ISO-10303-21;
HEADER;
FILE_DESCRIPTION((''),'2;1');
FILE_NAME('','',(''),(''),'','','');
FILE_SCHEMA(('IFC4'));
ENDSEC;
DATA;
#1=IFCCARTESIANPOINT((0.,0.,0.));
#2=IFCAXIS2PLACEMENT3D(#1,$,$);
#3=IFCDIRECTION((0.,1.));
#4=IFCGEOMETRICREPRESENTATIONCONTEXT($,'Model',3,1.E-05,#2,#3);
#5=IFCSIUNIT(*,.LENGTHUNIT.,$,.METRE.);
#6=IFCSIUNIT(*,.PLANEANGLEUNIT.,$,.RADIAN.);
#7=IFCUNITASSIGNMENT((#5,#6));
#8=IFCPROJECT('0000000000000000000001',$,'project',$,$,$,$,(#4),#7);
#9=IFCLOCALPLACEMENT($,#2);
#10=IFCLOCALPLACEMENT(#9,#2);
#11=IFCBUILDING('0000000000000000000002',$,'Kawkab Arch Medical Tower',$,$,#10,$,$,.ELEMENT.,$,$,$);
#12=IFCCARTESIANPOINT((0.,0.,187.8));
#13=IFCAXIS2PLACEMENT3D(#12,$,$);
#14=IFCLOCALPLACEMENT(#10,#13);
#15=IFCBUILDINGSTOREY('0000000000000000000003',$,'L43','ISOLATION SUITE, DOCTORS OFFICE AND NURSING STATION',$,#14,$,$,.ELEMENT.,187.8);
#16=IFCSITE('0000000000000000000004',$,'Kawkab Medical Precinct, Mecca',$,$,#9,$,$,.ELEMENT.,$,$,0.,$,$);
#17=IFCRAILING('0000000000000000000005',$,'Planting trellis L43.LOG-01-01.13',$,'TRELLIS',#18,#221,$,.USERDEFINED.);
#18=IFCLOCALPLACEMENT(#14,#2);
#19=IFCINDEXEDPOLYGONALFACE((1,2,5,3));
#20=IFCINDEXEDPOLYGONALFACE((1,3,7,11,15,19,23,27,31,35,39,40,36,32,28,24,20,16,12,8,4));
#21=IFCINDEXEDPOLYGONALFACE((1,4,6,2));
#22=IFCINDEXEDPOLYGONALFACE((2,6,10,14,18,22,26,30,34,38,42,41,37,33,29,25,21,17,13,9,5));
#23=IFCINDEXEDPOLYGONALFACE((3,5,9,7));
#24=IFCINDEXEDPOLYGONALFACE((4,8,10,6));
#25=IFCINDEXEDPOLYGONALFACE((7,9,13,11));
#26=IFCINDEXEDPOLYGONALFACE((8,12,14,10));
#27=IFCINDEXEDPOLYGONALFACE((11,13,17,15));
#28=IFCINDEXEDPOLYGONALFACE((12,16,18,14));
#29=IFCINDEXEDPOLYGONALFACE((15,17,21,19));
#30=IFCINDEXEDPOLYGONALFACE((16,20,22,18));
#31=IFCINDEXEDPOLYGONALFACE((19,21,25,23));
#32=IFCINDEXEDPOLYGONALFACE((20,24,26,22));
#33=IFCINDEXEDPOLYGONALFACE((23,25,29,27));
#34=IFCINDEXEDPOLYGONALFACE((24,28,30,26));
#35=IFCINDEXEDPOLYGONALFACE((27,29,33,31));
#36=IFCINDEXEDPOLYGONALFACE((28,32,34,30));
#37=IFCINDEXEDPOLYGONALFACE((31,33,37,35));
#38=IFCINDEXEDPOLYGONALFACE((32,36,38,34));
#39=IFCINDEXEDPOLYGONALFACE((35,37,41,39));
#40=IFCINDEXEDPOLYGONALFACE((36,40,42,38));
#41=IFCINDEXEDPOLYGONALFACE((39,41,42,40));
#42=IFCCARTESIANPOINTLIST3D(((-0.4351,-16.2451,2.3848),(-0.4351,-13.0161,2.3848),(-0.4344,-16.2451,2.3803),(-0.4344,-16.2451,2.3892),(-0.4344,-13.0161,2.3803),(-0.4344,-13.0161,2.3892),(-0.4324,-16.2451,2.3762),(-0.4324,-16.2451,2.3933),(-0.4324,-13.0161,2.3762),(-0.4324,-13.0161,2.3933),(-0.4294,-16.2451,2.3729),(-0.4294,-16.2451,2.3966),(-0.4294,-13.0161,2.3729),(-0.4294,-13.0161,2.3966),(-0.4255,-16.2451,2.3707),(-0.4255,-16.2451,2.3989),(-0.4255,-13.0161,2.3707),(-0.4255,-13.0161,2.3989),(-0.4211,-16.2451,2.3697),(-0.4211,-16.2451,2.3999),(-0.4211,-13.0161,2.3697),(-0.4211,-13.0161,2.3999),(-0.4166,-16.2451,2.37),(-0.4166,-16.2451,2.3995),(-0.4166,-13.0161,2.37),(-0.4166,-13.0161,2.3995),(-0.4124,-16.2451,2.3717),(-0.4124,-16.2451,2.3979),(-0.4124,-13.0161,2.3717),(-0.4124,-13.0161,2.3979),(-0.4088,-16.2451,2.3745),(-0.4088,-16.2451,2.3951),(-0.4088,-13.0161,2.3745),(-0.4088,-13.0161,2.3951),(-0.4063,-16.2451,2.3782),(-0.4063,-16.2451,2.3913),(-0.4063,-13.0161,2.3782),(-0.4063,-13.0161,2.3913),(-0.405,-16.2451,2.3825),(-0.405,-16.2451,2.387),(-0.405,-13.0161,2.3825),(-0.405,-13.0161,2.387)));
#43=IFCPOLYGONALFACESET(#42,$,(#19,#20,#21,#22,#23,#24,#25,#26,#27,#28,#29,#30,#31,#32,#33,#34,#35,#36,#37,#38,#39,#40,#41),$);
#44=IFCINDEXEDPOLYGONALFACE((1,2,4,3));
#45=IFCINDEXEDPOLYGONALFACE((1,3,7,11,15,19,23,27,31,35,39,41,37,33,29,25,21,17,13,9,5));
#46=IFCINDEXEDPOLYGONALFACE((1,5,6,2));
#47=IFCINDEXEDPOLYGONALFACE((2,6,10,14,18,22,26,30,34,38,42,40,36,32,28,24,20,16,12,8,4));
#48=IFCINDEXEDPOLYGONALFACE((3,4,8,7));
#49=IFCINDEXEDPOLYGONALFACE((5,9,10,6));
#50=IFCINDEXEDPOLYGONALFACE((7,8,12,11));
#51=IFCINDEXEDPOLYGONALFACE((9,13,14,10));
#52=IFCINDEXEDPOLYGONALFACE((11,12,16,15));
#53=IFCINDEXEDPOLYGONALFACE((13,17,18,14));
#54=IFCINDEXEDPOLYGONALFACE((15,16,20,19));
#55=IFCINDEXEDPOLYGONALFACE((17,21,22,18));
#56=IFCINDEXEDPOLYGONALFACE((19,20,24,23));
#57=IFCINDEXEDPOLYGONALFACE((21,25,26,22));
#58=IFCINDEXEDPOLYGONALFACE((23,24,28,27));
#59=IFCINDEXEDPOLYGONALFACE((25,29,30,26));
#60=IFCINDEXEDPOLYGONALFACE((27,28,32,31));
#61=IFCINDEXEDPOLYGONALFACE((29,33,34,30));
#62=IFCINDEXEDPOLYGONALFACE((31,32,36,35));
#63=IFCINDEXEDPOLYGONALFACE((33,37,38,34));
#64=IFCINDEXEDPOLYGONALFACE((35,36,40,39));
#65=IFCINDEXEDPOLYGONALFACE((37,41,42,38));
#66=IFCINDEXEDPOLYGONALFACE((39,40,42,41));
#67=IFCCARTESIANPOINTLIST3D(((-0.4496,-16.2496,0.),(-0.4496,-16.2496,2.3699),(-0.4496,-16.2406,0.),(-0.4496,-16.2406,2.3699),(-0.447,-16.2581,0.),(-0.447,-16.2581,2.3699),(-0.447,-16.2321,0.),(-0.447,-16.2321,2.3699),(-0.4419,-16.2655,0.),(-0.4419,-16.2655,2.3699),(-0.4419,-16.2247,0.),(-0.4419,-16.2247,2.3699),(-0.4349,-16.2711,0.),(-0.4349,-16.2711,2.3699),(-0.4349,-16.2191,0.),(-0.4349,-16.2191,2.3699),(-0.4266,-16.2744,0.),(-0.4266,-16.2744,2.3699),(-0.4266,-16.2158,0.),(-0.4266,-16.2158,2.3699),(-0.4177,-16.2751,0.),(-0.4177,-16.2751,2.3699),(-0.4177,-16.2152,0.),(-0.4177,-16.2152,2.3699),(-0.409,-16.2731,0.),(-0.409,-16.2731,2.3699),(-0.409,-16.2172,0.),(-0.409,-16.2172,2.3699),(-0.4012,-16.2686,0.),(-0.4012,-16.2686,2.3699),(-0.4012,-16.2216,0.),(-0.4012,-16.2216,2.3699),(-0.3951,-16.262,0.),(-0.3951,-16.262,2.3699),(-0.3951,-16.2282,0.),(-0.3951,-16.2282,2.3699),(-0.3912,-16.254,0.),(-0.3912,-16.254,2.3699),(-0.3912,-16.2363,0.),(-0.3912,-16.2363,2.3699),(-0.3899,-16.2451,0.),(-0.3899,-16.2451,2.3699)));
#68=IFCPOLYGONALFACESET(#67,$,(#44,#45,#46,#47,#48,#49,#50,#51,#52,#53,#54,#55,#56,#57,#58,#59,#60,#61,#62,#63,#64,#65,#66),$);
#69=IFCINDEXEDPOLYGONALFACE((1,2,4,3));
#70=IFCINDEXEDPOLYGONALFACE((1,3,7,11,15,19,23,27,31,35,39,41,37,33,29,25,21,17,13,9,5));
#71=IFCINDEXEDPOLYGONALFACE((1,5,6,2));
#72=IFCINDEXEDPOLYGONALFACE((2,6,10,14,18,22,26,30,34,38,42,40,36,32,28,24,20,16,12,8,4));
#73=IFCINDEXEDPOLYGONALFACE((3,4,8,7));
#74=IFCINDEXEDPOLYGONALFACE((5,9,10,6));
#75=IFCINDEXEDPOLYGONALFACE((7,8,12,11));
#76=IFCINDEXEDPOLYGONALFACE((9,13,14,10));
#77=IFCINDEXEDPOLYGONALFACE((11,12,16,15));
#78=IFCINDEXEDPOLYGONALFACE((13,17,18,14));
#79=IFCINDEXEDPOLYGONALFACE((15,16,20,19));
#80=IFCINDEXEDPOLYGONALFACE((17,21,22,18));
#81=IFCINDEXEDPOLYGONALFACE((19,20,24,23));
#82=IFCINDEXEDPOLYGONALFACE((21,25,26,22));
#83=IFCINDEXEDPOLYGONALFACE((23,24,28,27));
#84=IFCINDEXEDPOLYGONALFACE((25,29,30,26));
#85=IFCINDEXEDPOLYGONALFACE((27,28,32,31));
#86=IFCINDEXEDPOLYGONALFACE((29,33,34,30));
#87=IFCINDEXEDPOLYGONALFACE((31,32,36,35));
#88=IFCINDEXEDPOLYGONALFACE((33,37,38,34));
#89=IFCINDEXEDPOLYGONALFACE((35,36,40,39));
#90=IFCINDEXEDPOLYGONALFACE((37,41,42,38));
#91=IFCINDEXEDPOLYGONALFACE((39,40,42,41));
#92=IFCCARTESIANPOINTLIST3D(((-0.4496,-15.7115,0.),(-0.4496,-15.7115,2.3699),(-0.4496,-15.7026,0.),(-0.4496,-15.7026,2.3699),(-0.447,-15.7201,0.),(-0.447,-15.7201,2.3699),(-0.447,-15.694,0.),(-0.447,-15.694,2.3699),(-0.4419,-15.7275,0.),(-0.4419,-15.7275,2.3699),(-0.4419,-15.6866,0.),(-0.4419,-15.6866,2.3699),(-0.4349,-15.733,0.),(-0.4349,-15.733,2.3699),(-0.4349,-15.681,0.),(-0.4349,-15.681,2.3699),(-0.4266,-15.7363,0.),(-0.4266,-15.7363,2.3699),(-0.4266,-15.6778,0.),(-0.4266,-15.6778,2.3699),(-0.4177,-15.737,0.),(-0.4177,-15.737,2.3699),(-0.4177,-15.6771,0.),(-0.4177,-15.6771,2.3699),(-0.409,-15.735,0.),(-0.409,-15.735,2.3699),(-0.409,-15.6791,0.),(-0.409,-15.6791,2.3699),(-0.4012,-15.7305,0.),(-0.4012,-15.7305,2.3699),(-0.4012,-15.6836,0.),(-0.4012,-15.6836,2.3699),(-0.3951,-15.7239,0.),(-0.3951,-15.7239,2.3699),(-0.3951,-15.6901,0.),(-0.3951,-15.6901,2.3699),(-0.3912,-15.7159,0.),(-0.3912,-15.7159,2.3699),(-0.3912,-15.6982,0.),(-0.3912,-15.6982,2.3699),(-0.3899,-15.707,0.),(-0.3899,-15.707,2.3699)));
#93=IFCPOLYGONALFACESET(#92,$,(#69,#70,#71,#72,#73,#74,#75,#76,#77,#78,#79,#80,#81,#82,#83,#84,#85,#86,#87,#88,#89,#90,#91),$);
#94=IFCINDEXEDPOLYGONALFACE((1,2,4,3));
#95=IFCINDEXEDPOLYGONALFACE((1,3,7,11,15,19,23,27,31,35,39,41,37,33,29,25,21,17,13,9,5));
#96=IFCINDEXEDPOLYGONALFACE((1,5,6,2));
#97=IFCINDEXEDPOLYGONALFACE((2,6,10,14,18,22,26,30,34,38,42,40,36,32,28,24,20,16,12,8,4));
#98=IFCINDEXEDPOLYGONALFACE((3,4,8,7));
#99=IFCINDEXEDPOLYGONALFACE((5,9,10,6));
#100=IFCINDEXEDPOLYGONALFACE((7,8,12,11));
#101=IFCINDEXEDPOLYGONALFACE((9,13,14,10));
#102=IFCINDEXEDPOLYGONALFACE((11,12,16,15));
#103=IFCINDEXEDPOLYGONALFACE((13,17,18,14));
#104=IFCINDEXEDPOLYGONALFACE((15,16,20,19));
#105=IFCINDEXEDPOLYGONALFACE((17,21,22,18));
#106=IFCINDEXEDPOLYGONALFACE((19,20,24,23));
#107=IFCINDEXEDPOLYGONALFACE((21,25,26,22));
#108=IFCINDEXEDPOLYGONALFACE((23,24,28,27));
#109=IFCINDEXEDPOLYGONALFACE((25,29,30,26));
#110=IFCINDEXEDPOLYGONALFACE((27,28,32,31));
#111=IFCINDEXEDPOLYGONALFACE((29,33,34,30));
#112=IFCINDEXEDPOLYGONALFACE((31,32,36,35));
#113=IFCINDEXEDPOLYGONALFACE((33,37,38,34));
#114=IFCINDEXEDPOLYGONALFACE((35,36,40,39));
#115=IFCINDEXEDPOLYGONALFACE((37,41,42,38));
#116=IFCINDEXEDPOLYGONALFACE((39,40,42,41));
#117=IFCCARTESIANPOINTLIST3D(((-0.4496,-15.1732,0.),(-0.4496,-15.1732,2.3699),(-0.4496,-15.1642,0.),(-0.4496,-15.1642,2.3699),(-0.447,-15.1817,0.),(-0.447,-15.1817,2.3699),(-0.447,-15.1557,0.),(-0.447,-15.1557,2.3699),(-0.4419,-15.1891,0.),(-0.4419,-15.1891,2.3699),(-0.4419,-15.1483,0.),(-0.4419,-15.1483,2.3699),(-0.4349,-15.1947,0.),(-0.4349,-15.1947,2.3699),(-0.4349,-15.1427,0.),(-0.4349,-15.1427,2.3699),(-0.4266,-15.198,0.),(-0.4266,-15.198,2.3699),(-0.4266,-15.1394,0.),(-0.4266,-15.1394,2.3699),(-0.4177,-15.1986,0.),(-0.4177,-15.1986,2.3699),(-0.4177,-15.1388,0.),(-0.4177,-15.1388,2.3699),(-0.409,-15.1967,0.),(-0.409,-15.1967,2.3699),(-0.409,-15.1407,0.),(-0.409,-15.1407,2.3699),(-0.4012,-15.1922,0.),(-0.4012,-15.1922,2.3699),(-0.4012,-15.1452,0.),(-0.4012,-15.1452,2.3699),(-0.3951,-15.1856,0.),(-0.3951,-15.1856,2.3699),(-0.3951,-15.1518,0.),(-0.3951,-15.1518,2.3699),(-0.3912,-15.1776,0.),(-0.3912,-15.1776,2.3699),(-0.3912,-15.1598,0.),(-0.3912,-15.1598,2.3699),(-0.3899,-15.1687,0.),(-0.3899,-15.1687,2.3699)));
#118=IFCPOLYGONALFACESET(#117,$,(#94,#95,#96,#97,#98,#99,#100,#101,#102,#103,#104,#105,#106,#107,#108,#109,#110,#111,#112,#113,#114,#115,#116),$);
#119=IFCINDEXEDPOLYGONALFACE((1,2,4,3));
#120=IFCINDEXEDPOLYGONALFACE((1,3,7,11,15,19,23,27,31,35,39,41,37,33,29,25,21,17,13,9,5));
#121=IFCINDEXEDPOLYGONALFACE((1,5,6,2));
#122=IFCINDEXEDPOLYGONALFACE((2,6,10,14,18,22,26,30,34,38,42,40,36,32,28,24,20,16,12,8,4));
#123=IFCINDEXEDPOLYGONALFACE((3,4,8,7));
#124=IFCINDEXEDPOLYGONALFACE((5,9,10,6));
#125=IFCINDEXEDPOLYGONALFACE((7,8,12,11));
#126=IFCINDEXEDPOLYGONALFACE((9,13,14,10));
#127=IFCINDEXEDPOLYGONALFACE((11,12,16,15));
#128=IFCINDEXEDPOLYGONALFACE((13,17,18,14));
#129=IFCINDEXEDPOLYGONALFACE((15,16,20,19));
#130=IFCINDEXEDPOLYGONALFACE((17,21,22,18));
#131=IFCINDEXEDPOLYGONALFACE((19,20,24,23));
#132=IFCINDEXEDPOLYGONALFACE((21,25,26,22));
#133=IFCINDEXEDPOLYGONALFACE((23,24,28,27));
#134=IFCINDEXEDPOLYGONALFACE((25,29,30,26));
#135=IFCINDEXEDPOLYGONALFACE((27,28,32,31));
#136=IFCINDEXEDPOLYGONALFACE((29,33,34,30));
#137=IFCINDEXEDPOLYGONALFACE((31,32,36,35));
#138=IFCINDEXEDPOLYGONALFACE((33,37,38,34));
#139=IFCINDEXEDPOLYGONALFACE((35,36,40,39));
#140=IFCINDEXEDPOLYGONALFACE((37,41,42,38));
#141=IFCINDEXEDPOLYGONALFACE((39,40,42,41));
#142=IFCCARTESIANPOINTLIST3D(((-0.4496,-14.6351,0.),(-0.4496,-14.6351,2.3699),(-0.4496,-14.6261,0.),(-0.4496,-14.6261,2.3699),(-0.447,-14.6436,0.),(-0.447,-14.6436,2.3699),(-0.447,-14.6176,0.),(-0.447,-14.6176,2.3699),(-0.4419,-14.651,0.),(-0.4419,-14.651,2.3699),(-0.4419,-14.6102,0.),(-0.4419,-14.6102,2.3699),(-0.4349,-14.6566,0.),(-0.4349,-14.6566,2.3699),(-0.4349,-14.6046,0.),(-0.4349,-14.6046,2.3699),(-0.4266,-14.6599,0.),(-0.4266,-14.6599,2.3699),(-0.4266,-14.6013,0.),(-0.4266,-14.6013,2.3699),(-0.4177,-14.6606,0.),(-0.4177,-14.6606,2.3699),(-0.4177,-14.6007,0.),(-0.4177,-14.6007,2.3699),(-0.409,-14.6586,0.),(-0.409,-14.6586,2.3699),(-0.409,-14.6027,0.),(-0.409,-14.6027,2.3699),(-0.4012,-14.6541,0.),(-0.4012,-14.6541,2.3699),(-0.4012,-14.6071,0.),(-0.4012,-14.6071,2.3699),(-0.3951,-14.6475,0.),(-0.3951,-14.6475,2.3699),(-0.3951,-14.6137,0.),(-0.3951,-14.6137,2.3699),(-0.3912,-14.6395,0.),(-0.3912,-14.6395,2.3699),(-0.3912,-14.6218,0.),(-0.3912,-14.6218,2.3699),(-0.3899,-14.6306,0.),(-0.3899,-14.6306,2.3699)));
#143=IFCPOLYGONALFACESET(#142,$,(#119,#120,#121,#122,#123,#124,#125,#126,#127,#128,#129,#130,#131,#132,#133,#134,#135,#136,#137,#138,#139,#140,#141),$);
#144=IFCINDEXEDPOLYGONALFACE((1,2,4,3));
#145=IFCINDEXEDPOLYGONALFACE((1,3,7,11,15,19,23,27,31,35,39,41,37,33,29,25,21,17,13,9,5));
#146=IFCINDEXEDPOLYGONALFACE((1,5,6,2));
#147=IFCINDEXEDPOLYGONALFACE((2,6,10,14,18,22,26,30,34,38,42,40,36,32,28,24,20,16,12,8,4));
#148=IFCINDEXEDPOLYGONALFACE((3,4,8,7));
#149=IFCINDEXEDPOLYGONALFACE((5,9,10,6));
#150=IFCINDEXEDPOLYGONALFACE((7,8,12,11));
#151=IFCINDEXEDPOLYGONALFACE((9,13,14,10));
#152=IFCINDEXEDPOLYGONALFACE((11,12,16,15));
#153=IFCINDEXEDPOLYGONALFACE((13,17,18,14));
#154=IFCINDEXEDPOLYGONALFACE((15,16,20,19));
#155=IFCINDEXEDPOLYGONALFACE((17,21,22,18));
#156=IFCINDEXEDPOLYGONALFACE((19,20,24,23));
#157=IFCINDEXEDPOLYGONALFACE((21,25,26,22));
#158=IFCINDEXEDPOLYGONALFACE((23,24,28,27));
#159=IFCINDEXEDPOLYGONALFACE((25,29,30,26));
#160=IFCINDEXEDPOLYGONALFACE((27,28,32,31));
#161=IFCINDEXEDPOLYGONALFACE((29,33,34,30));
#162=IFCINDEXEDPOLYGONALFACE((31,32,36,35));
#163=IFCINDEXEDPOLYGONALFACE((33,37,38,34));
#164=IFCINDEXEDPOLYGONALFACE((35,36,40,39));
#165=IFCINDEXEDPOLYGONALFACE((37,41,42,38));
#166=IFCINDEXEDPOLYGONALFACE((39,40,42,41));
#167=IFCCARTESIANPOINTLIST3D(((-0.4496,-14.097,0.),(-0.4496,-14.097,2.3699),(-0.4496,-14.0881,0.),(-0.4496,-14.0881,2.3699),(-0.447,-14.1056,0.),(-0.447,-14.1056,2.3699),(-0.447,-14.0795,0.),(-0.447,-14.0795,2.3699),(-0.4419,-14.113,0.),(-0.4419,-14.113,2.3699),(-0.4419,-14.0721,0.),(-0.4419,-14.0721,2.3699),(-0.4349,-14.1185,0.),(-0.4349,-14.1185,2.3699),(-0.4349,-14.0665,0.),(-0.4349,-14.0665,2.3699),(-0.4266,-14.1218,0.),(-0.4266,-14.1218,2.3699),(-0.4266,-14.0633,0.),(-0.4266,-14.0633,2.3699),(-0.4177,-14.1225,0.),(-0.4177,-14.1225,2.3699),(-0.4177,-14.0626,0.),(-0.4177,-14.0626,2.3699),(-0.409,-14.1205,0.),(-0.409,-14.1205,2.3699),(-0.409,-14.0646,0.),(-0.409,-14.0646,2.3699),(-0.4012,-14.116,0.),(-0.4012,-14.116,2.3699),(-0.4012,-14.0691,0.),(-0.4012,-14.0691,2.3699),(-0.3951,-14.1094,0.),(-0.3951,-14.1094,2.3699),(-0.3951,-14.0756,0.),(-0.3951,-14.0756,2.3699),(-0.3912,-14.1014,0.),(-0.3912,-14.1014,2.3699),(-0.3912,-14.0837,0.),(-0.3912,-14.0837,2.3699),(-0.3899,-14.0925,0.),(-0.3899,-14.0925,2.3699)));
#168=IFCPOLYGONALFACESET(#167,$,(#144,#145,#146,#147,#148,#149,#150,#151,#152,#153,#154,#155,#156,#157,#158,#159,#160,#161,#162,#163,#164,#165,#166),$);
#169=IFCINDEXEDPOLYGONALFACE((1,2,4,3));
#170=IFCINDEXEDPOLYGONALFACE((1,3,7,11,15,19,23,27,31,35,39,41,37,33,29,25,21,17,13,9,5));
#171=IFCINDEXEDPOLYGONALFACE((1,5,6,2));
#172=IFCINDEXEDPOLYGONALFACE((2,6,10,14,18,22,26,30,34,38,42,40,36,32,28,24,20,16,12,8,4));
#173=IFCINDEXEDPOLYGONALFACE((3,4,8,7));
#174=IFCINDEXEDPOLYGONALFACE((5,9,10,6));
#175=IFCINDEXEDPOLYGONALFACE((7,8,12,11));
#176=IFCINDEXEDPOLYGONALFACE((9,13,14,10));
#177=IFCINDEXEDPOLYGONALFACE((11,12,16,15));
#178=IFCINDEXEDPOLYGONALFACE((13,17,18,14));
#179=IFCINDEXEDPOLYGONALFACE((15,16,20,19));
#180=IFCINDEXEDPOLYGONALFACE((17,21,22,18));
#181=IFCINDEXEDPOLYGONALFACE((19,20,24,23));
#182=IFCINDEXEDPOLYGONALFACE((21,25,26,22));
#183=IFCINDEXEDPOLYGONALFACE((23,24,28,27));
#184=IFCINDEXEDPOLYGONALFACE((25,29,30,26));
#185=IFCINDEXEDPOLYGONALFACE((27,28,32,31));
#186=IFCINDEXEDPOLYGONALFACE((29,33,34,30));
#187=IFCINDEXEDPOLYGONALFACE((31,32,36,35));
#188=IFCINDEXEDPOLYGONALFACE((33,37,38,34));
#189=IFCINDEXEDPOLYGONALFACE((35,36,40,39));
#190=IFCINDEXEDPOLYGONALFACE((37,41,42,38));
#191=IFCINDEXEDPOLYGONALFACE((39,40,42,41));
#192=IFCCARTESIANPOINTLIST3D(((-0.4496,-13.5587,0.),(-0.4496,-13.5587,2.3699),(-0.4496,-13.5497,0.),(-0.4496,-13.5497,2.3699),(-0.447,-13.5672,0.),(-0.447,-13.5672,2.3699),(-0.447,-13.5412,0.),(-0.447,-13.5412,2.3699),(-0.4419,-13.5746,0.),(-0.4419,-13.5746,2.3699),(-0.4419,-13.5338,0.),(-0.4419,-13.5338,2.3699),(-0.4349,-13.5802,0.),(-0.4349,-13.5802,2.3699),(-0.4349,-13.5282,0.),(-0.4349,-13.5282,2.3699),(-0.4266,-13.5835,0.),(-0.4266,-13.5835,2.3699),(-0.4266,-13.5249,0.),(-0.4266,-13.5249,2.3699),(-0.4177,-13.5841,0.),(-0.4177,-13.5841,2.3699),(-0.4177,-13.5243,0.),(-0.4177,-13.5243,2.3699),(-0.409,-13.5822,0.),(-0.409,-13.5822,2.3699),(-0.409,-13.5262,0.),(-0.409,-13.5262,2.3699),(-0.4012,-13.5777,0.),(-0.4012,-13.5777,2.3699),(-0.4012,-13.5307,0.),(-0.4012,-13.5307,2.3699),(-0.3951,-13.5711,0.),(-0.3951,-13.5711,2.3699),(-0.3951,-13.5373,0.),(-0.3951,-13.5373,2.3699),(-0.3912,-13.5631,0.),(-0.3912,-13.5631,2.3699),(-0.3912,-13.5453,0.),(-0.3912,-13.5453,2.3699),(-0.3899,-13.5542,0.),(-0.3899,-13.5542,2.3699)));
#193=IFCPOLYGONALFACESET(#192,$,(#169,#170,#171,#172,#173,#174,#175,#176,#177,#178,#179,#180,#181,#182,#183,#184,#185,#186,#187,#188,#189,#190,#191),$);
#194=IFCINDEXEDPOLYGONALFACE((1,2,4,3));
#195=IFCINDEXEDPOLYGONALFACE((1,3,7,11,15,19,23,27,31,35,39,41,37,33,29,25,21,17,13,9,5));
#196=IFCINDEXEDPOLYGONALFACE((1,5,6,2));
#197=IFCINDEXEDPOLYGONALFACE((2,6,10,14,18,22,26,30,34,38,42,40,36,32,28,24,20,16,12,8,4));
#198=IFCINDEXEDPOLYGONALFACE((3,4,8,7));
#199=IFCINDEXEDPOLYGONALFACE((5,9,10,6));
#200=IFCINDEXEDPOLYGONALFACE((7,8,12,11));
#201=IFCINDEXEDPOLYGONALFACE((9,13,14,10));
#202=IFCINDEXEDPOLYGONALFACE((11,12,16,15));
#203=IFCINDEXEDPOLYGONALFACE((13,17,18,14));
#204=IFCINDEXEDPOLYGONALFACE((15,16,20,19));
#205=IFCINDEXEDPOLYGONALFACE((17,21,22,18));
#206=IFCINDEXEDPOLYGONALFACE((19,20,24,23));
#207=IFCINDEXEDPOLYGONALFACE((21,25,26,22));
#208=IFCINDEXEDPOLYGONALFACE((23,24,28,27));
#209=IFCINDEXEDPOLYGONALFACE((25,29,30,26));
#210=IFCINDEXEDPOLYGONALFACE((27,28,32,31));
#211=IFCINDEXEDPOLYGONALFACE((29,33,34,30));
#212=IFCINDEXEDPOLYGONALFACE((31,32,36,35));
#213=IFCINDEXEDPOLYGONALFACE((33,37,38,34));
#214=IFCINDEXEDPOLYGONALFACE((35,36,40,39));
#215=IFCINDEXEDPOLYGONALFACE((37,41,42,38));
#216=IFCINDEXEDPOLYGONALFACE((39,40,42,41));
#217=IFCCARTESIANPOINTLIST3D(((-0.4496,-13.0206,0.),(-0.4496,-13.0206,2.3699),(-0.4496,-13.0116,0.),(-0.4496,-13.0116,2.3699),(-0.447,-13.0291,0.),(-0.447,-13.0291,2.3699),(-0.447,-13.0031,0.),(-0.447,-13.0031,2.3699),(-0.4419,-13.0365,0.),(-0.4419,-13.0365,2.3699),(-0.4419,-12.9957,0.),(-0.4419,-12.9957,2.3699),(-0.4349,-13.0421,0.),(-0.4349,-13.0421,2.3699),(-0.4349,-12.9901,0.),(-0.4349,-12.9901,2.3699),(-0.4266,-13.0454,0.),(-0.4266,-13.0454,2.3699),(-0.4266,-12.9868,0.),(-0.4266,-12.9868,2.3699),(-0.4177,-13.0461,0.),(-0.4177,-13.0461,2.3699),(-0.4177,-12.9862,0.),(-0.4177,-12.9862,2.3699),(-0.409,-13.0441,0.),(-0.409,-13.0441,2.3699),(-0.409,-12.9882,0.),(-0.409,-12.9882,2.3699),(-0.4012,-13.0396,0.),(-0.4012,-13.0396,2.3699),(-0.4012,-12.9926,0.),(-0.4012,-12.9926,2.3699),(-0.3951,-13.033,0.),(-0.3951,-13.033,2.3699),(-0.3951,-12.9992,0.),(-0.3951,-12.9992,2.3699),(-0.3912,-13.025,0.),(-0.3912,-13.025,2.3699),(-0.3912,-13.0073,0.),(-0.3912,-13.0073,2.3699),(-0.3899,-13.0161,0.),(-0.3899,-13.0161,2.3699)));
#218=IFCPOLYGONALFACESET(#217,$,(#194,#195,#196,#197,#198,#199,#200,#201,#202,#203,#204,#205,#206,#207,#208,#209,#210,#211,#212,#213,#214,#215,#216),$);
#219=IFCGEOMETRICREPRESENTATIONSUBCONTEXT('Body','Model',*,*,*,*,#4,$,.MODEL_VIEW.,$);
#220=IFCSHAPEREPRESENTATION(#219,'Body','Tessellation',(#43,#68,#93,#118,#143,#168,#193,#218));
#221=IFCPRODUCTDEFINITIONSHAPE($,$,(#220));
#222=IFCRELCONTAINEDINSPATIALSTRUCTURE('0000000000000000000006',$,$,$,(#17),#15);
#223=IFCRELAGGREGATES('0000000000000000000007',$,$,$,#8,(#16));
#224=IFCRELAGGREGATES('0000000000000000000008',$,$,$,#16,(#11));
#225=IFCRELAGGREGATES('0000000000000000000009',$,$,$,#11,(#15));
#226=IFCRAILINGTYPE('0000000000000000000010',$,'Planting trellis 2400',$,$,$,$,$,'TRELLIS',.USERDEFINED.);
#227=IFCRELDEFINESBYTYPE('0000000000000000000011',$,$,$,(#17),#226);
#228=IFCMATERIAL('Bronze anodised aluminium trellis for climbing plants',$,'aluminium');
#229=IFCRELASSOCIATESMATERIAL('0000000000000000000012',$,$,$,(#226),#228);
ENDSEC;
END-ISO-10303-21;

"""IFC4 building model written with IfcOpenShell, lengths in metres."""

from ifc_helpers import new_model, si_unit, direction, frame, origin, origin_2d, place, context, subcontext, project, spatial, circle, extrude, material, type_object, element, save


model = new_model("IFC4")

# Units and contexts
model_context = context("Model", 3, precision=1e-05, world=origin(), true_north=direction((0.0, 1.0)))
body_context = subcontext(model_context, "Body", "Model", "MODEL_VIEW")
ifc_project = project(units=[si_unit("LENGTHUNIT", "METRE"), si_unit("PLANEANGLEUNIT", "RADIAN")], contexts=[model_context])

# Site, building, storey
site_placement = place(None, origin())
site = spatial("IfcSite", under=ifc_project, at=site_placement, Name="Kawkab Medical Precinct, Mecca", CompositionType="ELEMENT", RefElevation=0.0)
building_placement = place(site_placement, origin())
building = spatial("IfcBuilding", under=site, at=building_placement, Name="Kawkab Arch Medical Tower", CompositionType="ELEMENT")
storey_placement = place(building_placement, frame((0.0, 0.0, 187.8)))
storey = spatial("IfcBuildingStorey", under=building, at=storey_placement, Name="L43", Description="ISOLATION SUITE, DOCTORS OFFICE AND NURSING STATION", CompositionType="ELEMENT", Elevation=187.8)

# Railing
ifc_material_1 = material(Name="Bronze anodised aluminium trellis for climbing plants", Category="aluminium")
railing_type_1 = type_object("IfcRailingType", Name="Planting trellis 2400", ElementType="TRELLIS", PredefinedType="USERDEFINED", material=ifc_material_1)
railing_1_placement = place(storey_placement, frame((-0.4199, -16.2451, 0.0)))
element("IfcRailing", 1, at=railing_1_placement, inside=storey, type_object=railing_type_1, Name="Planting trellis L43.LOG-01-01.13", ObjectType="TRELLIS", PredefinedType="USERDEFINED", context=body_context, shape_type="SweptSolid", body=[
    extrude(circle(Radius=0.0151, at=origin_2d()), frame((0.0, 0.0, 2.3848), z_axis=(0.0, 1.0, 0.0), x_axis=(-1.0, 0.0, 0.0)), (0.0, 0.0, 1.0), 3.229),
    extrude(circle(Radius=0.03, at=origin_2d()), origin(), (0.0, 0.0, 1.0), 2.3699),
    extrude(circle(Radius=0.03, at=origin_2d()), frame((0.0, 0.5381, 0.0)), (0.0, 0.0, 1.0), 2.3699),
    extrude(circle(Radius=0.03, at=origin_2d()), frame((0.0, 1.0764, 0.0)), (0.0, 0.0, 1.0), 2.3699),
    extrude(circle(Radius=0.03, at=origin_2d()), frame((0.0, 1.6145, 0.0)), (0.0, 0.0, 1.0), 2.3699),
    extrude(circle(Radius=0.03, at=origin_2d()), frame((0.0, 2.1526, 0.0)), (0.0, 0.0, 1.0), 2.3699),
    extrude(circle(Radius=0.03, at=origin_2d()), frame((0.0, 2.6909, 0.0)), (0.0, 0.0, 1.0), 2.3699),
    extrude(circle(Radius=0.03, at=origin_2d()), frame((0.0, 3.229, 0.0)), (0.0, 0.0, 1.0), 2.3699),
])

save(model, "model.ifc")
